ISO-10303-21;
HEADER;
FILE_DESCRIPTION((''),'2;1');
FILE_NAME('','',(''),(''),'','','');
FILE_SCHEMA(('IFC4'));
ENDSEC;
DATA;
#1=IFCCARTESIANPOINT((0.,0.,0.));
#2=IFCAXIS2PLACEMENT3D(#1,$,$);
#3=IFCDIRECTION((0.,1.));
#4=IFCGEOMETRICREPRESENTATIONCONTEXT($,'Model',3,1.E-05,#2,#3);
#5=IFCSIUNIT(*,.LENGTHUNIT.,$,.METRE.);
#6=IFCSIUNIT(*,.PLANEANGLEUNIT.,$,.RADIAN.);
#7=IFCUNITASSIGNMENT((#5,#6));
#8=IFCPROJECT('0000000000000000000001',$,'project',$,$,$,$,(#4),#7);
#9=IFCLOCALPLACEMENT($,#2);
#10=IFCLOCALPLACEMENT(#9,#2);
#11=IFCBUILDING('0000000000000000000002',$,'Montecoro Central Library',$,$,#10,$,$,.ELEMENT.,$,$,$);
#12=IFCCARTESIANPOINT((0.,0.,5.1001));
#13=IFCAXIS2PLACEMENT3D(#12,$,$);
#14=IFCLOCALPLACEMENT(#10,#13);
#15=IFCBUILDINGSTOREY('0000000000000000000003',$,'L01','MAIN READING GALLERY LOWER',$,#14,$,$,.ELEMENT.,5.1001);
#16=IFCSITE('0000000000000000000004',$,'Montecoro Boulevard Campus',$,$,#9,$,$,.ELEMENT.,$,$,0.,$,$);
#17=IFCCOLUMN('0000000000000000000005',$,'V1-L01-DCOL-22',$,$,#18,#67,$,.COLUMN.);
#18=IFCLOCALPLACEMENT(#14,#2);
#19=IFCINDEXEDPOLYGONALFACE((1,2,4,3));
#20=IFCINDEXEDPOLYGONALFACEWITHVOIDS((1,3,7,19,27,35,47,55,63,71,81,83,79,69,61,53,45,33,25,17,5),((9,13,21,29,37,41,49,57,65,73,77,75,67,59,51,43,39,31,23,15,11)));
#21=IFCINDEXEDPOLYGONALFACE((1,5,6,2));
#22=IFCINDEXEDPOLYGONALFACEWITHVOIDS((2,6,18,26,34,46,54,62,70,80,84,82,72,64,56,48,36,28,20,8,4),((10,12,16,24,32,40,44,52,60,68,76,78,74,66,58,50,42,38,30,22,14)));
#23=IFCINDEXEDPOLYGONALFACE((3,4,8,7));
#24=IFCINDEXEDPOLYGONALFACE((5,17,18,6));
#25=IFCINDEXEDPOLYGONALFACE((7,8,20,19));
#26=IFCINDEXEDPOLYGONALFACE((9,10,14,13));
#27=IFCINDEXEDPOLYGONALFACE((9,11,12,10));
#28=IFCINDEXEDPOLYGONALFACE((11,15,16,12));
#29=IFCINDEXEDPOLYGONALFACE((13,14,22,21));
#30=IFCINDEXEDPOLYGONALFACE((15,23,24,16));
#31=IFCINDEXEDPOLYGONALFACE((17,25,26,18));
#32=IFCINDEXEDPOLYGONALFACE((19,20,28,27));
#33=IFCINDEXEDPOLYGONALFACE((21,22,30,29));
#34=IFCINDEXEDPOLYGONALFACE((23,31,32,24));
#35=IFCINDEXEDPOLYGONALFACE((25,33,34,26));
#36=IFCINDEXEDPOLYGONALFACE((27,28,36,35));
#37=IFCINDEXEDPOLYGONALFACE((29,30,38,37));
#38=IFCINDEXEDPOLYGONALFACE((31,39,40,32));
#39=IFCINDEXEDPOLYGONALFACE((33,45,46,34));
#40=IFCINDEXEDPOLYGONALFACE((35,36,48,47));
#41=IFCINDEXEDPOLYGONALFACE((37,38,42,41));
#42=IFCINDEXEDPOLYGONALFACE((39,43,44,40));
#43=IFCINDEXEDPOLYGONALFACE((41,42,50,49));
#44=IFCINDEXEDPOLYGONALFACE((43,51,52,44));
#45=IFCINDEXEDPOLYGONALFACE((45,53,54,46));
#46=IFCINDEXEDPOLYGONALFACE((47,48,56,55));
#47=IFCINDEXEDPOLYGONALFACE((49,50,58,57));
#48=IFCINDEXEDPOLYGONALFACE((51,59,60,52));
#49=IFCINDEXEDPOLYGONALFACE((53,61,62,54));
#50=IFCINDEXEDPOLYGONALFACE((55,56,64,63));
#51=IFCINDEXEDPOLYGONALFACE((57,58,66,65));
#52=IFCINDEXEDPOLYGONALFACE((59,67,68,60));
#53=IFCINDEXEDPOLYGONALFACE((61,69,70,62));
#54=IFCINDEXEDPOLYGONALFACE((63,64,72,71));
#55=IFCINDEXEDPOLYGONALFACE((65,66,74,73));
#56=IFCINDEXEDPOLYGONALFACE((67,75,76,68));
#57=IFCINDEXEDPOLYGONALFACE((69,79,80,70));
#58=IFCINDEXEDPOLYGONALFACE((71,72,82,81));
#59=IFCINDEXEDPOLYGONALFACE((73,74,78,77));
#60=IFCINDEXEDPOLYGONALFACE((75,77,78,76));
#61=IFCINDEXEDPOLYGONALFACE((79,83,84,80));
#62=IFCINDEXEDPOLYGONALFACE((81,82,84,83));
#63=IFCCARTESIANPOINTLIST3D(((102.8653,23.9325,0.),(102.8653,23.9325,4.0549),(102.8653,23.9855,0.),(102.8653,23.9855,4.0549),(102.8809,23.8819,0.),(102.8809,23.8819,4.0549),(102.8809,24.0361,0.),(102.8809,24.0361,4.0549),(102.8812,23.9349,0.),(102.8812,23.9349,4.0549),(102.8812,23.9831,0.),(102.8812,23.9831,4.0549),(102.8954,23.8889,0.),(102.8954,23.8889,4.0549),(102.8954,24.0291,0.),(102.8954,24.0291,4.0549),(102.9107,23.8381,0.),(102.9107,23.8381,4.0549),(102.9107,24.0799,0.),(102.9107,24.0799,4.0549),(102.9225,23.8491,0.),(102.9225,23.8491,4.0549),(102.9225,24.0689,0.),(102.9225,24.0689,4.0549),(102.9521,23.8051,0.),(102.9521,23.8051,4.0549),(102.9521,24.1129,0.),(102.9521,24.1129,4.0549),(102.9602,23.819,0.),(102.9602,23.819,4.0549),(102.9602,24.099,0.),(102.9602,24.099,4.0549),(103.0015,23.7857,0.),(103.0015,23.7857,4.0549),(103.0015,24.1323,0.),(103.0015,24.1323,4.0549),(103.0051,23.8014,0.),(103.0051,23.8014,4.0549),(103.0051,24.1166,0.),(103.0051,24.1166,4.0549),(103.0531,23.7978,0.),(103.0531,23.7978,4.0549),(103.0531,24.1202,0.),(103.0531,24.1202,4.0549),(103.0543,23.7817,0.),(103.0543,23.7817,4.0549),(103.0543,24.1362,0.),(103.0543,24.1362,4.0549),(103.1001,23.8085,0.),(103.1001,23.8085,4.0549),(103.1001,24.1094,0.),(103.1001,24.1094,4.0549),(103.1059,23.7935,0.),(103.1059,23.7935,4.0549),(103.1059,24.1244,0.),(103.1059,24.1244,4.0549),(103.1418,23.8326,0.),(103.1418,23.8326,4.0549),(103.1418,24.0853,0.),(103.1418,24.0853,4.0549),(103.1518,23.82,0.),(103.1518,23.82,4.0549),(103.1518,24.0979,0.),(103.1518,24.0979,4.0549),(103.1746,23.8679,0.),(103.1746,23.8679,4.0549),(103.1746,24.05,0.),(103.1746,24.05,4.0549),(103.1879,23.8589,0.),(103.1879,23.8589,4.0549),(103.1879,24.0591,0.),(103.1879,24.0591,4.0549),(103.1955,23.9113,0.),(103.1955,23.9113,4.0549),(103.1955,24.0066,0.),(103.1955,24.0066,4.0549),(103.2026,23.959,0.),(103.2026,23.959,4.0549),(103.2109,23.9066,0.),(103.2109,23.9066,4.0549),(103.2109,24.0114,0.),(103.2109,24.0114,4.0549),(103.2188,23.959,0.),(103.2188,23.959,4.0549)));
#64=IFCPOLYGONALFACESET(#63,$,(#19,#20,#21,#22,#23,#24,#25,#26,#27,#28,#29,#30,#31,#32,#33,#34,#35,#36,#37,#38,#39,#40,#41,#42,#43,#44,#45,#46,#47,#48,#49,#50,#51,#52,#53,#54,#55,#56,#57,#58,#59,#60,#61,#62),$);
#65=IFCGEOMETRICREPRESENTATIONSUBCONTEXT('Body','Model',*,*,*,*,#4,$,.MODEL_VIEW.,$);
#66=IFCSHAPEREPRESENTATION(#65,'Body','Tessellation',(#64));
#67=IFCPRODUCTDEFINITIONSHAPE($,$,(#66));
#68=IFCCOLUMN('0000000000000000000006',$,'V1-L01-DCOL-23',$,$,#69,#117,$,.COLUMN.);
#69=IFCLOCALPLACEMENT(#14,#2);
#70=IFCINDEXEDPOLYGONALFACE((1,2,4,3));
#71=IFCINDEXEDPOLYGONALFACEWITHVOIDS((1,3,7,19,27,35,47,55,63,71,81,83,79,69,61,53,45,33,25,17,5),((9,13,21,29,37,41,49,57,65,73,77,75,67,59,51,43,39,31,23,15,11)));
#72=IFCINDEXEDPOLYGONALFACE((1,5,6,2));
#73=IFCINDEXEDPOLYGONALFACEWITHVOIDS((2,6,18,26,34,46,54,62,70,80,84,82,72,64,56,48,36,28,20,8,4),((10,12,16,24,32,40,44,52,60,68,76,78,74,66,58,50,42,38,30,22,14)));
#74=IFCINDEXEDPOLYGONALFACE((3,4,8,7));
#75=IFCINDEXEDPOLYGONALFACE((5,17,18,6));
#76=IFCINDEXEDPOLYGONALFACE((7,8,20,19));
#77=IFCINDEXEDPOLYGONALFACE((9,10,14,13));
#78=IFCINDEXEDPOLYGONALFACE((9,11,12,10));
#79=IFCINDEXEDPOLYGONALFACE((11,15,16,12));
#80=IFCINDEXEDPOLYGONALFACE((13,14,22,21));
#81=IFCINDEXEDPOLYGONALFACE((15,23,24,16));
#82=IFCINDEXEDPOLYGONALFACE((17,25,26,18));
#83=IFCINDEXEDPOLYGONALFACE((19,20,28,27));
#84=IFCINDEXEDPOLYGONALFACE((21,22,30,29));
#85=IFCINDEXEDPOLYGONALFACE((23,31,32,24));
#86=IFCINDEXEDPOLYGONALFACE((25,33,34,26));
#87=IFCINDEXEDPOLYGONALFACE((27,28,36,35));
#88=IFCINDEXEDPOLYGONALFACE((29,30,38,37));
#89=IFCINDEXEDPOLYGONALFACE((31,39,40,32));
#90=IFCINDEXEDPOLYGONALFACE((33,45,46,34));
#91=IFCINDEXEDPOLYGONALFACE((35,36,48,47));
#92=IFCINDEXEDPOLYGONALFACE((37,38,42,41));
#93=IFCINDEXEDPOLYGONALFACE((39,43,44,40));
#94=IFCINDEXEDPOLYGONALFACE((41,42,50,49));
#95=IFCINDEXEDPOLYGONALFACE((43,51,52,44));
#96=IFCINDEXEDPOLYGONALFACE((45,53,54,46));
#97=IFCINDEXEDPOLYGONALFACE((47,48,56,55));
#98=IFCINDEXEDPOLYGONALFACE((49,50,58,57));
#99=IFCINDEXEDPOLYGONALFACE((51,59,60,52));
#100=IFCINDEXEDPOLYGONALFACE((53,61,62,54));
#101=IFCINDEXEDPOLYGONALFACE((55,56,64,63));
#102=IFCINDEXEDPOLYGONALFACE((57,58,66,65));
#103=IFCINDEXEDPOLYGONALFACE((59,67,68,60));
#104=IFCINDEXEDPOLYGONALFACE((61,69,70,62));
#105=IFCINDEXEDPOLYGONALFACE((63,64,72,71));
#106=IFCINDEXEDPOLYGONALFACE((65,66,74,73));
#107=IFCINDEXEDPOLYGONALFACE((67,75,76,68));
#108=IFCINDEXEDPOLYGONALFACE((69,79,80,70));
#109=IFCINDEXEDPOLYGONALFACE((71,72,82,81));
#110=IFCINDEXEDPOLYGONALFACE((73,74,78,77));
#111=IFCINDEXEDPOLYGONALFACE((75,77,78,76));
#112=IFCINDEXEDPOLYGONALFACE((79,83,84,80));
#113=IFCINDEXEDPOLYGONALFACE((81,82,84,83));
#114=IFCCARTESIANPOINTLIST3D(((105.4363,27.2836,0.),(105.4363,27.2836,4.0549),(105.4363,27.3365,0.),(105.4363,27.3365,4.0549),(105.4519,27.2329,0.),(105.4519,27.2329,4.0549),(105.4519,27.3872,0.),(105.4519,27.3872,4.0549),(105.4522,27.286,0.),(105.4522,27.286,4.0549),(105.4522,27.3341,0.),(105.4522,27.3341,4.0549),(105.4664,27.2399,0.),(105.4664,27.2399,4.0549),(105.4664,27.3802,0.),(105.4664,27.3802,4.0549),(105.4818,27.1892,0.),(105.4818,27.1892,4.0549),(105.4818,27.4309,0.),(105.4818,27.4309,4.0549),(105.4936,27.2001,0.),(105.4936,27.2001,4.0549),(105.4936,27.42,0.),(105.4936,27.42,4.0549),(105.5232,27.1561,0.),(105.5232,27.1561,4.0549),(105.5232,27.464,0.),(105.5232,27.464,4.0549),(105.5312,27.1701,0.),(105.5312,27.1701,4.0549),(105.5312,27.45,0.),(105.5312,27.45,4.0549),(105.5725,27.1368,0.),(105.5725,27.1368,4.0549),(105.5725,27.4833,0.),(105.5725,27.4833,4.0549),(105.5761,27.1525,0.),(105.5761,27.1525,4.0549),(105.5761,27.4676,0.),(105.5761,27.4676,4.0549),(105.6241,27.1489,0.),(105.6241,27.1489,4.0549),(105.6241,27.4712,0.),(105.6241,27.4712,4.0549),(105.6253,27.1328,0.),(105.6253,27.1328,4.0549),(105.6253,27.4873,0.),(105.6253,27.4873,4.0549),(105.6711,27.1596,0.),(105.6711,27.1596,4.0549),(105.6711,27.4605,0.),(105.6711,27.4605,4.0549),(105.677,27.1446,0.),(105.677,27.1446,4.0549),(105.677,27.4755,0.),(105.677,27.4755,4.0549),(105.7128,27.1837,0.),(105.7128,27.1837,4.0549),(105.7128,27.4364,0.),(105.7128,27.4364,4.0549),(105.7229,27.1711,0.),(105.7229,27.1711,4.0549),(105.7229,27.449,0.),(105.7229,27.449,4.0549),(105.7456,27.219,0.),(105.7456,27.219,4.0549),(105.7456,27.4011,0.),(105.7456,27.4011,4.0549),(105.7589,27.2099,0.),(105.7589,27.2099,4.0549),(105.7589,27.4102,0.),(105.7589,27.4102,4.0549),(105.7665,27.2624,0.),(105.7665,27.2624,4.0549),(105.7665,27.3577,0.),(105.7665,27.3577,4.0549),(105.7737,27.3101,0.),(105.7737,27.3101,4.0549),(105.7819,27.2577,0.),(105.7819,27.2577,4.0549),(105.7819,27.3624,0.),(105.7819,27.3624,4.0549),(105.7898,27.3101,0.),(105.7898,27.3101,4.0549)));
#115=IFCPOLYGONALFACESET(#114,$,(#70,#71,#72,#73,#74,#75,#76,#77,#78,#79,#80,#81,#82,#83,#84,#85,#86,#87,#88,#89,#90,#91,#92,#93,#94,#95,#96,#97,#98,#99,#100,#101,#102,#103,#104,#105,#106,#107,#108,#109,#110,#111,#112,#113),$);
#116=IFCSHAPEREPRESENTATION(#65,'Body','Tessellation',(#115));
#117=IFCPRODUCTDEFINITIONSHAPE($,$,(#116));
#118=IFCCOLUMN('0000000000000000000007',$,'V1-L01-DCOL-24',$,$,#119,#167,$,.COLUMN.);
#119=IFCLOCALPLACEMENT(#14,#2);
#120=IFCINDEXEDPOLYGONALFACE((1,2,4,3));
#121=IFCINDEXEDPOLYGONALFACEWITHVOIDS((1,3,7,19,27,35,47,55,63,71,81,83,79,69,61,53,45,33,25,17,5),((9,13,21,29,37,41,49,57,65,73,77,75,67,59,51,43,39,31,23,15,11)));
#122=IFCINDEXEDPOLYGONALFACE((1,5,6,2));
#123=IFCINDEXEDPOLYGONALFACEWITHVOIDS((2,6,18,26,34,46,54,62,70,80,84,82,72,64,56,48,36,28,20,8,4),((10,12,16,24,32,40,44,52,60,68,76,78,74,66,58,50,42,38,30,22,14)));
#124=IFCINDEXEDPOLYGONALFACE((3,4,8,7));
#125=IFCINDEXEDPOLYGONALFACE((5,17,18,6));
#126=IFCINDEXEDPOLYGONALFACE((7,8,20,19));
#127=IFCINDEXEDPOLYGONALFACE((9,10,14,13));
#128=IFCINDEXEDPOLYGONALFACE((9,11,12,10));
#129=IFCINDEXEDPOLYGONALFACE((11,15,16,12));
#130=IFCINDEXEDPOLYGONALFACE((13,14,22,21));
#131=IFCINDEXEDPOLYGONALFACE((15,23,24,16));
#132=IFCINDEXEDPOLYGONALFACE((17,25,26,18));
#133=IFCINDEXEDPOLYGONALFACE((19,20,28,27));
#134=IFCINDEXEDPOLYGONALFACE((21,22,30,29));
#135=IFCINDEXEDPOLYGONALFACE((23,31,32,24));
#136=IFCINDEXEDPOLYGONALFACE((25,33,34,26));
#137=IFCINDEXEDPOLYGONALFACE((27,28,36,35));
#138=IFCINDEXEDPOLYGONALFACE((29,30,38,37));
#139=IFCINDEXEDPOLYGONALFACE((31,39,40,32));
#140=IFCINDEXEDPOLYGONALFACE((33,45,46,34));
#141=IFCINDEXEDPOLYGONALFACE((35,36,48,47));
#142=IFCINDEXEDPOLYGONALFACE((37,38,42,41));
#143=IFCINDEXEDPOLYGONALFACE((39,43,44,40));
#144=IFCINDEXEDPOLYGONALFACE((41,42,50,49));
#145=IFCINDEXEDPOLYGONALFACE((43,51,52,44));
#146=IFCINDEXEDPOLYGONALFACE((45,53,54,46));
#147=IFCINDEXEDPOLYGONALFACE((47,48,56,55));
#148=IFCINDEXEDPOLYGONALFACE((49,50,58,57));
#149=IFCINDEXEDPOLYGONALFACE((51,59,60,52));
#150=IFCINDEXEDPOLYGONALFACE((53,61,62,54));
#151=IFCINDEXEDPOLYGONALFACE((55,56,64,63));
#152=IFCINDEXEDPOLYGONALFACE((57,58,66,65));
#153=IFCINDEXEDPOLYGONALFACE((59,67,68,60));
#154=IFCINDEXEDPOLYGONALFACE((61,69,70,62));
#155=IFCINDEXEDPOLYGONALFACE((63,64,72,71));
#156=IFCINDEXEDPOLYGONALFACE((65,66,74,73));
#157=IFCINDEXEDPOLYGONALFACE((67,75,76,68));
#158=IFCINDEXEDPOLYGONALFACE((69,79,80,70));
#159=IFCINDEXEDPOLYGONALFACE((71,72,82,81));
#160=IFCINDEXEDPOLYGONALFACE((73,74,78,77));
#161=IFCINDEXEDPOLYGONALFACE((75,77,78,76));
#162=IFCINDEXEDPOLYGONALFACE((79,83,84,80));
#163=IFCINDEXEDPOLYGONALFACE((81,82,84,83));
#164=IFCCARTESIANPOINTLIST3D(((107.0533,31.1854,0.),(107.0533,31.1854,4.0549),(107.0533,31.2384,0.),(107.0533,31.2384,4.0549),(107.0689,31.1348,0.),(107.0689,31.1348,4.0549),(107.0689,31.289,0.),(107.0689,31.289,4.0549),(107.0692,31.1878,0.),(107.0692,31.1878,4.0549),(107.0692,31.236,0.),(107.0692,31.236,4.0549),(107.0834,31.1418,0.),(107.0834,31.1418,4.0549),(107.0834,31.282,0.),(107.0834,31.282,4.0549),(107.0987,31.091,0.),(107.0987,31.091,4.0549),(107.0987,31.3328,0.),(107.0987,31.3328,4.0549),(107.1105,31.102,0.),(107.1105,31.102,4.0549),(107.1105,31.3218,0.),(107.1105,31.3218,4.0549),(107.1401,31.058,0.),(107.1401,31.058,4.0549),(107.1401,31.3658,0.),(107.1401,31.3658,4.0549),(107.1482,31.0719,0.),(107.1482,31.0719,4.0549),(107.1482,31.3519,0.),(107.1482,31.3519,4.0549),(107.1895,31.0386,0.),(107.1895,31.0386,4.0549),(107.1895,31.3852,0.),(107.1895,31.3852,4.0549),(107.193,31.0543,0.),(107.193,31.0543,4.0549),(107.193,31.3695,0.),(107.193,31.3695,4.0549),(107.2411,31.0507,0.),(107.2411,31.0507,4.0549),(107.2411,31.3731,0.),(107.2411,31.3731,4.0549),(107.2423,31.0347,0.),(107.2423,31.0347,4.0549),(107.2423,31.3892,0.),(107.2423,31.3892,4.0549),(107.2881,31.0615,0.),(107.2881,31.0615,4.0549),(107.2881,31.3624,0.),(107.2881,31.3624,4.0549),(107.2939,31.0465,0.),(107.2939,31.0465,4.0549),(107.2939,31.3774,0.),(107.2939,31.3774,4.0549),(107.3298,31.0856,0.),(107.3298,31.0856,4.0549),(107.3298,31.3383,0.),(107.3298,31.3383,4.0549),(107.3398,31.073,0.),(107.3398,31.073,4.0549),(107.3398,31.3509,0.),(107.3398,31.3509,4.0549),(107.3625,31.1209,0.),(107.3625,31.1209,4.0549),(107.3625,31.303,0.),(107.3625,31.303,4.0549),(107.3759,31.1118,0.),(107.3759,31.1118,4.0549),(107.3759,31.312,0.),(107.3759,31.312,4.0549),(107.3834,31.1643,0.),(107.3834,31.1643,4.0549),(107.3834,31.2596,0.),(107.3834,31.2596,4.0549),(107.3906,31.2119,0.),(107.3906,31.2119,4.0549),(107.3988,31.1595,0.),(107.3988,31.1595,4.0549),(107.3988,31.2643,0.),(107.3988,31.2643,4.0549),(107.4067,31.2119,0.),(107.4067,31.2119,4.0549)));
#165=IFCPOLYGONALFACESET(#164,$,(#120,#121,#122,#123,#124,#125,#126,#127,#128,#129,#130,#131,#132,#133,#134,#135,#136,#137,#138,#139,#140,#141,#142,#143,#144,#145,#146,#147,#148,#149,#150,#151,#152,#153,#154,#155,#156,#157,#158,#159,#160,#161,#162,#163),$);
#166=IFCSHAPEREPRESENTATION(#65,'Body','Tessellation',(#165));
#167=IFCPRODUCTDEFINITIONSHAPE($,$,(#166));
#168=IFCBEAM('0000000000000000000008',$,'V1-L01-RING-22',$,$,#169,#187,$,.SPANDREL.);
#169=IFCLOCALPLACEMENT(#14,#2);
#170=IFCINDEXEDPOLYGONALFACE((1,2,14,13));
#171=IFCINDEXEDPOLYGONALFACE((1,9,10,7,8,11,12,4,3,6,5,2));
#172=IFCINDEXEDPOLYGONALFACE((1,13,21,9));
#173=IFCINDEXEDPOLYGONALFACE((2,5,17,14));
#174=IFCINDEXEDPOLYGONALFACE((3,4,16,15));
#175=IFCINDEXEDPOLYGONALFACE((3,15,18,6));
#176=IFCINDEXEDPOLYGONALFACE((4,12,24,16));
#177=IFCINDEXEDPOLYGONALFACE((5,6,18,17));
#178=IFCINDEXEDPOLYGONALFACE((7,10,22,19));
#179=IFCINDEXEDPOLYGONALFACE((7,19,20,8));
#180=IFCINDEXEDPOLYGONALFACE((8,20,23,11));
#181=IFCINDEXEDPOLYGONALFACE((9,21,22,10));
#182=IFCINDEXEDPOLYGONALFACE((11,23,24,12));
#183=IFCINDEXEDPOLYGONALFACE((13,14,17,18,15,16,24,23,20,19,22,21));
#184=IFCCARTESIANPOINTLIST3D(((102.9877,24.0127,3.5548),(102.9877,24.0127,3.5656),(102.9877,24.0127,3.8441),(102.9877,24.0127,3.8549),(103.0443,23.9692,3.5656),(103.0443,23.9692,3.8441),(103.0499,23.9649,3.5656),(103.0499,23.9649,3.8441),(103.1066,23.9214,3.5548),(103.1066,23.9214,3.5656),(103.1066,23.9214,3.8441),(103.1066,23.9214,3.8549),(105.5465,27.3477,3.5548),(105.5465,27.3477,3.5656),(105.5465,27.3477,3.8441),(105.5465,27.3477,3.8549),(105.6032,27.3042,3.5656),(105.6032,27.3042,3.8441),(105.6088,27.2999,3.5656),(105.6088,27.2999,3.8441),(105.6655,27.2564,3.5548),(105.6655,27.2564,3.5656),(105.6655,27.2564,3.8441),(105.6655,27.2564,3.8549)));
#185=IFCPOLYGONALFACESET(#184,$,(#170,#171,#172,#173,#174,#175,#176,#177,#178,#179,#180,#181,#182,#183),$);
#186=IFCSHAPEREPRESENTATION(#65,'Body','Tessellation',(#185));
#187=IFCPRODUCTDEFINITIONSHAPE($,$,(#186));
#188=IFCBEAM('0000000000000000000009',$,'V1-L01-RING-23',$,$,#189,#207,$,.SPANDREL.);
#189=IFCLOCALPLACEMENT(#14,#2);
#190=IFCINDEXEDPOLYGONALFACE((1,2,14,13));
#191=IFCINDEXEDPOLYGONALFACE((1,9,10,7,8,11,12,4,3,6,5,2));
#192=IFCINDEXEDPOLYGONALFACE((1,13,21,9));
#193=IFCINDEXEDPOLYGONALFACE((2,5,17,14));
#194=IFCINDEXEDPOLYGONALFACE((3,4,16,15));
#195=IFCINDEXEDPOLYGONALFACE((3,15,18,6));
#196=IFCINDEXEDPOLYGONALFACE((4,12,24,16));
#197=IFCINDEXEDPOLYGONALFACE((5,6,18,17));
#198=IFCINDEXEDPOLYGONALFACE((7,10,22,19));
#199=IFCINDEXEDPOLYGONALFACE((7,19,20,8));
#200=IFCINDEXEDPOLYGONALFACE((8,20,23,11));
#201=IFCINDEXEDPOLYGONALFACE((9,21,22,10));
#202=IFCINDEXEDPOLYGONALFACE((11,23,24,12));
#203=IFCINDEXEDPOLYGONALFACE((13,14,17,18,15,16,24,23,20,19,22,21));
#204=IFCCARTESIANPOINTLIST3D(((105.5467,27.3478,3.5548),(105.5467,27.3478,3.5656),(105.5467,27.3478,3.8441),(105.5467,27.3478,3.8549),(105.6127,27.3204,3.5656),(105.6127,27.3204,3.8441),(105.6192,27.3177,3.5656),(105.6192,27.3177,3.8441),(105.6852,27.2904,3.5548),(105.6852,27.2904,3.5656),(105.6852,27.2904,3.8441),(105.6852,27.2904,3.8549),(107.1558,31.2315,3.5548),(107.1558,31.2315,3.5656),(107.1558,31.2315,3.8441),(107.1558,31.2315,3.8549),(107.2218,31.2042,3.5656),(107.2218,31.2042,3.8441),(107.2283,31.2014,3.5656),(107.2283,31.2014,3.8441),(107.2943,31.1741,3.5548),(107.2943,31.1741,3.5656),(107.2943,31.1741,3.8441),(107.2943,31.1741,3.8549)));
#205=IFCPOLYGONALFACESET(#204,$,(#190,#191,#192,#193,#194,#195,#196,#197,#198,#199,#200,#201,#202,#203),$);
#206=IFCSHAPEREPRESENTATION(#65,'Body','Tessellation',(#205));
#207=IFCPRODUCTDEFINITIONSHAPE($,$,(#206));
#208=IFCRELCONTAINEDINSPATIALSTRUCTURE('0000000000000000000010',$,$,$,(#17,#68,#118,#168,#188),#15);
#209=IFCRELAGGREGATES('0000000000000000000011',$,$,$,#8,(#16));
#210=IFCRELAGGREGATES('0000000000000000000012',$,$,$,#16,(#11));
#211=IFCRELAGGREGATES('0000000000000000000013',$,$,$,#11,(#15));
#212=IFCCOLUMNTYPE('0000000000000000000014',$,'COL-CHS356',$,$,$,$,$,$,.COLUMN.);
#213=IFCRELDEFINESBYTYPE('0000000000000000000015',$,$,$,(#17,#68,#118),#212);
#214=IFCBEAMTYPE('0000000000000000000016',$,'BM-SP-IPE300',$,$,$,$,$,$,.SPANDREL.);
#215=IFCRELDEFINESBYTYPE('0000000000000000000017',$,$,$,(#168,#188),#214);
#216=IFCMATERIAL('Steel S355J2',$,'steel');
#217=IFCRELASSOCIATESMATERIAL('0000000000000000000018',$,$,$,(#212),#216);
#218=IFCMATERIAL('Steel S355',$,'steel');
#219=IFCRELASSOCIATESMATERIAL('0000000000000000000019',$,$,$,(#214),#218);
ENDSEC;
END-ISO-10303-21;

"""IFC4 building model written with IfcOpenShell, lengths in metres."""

from ifc_helpers import new_model, si_unit, direction, frame, origin, origin_2d, place, context, subcontext, project, spatial, hollow_circle, i_section, extrude, material, material_profile, profile_set, type_object, element, save


model = new_model("IFC4")

# Units and contexts
model_context = context("Model", 3, precision=1e-05, world=origin(), true_north=direction((0.0, 1.0)))
body_context = subcontext(model_context, "Body", "Model", "MODEL_VIEW")
ifc_project = project(units=[si_unit("LENGTHUNIT", "METRE"), si_unit("PLANEANGLEUNIT", "RADIAN")], contexts=[model_context])

# Site, building, storey
site_placement = place(None, origin())
site = spatial("IfcSite", under=ifc_project, at=site_placement, Name="Montecoro Boulevard Campus", CompositionType="ELEMENT", RefElevation=0.0)
building_placement = place(site_placement, origin())
building = spatial("IfcBuilding", under=site, at=building_placement, Name="Montecoro Central Library", CompositionType="ELEMENT")
storey_placement = place(building_placement, frame((0.0, 0.0, 5.1001)))
storey = spatial("IfcBuildingStorey", under=building, at=storey_placement, Name="L01", Description="MAIN READING GALLERY LOWER", CompositionType="ELEMENT", Elevation=5.1001)

# Columns
ifc_material_1 = material(Name="Steel S355J2", Category="steel")
ifc_material_profile_1 = material_profile(ifc_material_1, hollow_circle(Radius=0.1777, WallThickness=0.0161, at=origin_2d()), Name="CHS 355.6x16.0")
ifc_profile_set_1 = profile_set([ifc_material_profile_1], Name="Steel S355J2")
column_type = type_object("IfcColumnType", Name="COL-CHS356", PredefinedType="COLUMN", material=ifc_profile_set_1)
for number, where, z_axis, x_axis, name in (
    (1, (103.041, 23.959, 0.0), (0.0, 0.0, 1.0), (1.0, 0.0, 0.0), "V1-L01-DCOL-22"),
    (2, (105.6121, 27.3101, 0.0), (0.0, 0.0, 1.0), (1.0, 0.0, 0.0), "V1-L01-DCOL-23"),
    (3, (107.229, 31.2119, 0.0), (0.0, 0.0, 1.0), (1.0, 0.0, 0.0), "V1-L01-DCOL-24"),
):
    element("IfcColumn", number, at=place(storey_placement, frame(where, z_axis=z_axis, x_axis=x_axis)), inside=storey, type_object=column_type, Name=name, PredefinedType="COLUMN", context=body_context, shape_type="SweptSolid", body=[
        extrude(hollow_circle(Radius=0.1777, WallThickness=0.0161, at=origin_2d()), origin(), (0.0, 0.0, 1.0), 4.0549),
    ])

# Beams
ifc_material_2 = material(Name="Steel S355", Category="steel")
ifc_material_profile_2 = material_profile(ifc_material_2, i_section(OverallWidth=0.1499, OverallDepth=0.3, WebThickness=0.0071, FlangeThickness=0.0107, at=origin_2d()), Name="IPE 300")
ifc_profile_set_2 = profile_set([ifc_material_profile_2], Name="Steel S355")
beam_type = type_object("IfcBeamType", Name="BM-SP-IPE300", PredefinedType="SPANDREL", material=ifc_profile_set_2)
beam_1_placement = place(storey_placement, frame((103.0471, 23.967, 3.7048), z_axis=(0.608736, 0.793373, 0.0), x_axis=(-0.793373, 0.608736, 0.0)))
element("IfcBeam", 4, at=beam_1_placement, inside=storey, type_object=beam_type, Name="V1-L01-RING-22", PredefinedType="SPANDREL", context=body_context, shape_type="SweptSolid", body=[
    extrude(i_section(OverallWidth=0.1499, OverallDepth=0.3, WebThickness=0.0071, FlangeThickness=0.0107, at=origin_2d()), origin(), (0.0, 0.0, 1.0), 4.2036),
])
beam_2_placement = place(storey_placement, frame((105.616, 27.3191, 3.7048), z_axis=(0.382767, 0.923845, 0.0), x_axis=(-0.923845, 0.382767, 0.0)))
element("IfcBeam", 5, at=beam_2_placement, inside=storey, type_object=beam_type, Name="V1-L01-RING-23", PredefinedType="SPANDREL", context=body_context, shape_type="SweptSolid", body=[
    extrude(i_section(OverallWidth=0.1499, OverallDepth=0.3, WebThickness=0.0071, FlangeThickness=0.0107, at=origin_2d()), origin(), (0.0, 0.0, 1.0), 4.2039),
])

save(model, "model.ifc")
